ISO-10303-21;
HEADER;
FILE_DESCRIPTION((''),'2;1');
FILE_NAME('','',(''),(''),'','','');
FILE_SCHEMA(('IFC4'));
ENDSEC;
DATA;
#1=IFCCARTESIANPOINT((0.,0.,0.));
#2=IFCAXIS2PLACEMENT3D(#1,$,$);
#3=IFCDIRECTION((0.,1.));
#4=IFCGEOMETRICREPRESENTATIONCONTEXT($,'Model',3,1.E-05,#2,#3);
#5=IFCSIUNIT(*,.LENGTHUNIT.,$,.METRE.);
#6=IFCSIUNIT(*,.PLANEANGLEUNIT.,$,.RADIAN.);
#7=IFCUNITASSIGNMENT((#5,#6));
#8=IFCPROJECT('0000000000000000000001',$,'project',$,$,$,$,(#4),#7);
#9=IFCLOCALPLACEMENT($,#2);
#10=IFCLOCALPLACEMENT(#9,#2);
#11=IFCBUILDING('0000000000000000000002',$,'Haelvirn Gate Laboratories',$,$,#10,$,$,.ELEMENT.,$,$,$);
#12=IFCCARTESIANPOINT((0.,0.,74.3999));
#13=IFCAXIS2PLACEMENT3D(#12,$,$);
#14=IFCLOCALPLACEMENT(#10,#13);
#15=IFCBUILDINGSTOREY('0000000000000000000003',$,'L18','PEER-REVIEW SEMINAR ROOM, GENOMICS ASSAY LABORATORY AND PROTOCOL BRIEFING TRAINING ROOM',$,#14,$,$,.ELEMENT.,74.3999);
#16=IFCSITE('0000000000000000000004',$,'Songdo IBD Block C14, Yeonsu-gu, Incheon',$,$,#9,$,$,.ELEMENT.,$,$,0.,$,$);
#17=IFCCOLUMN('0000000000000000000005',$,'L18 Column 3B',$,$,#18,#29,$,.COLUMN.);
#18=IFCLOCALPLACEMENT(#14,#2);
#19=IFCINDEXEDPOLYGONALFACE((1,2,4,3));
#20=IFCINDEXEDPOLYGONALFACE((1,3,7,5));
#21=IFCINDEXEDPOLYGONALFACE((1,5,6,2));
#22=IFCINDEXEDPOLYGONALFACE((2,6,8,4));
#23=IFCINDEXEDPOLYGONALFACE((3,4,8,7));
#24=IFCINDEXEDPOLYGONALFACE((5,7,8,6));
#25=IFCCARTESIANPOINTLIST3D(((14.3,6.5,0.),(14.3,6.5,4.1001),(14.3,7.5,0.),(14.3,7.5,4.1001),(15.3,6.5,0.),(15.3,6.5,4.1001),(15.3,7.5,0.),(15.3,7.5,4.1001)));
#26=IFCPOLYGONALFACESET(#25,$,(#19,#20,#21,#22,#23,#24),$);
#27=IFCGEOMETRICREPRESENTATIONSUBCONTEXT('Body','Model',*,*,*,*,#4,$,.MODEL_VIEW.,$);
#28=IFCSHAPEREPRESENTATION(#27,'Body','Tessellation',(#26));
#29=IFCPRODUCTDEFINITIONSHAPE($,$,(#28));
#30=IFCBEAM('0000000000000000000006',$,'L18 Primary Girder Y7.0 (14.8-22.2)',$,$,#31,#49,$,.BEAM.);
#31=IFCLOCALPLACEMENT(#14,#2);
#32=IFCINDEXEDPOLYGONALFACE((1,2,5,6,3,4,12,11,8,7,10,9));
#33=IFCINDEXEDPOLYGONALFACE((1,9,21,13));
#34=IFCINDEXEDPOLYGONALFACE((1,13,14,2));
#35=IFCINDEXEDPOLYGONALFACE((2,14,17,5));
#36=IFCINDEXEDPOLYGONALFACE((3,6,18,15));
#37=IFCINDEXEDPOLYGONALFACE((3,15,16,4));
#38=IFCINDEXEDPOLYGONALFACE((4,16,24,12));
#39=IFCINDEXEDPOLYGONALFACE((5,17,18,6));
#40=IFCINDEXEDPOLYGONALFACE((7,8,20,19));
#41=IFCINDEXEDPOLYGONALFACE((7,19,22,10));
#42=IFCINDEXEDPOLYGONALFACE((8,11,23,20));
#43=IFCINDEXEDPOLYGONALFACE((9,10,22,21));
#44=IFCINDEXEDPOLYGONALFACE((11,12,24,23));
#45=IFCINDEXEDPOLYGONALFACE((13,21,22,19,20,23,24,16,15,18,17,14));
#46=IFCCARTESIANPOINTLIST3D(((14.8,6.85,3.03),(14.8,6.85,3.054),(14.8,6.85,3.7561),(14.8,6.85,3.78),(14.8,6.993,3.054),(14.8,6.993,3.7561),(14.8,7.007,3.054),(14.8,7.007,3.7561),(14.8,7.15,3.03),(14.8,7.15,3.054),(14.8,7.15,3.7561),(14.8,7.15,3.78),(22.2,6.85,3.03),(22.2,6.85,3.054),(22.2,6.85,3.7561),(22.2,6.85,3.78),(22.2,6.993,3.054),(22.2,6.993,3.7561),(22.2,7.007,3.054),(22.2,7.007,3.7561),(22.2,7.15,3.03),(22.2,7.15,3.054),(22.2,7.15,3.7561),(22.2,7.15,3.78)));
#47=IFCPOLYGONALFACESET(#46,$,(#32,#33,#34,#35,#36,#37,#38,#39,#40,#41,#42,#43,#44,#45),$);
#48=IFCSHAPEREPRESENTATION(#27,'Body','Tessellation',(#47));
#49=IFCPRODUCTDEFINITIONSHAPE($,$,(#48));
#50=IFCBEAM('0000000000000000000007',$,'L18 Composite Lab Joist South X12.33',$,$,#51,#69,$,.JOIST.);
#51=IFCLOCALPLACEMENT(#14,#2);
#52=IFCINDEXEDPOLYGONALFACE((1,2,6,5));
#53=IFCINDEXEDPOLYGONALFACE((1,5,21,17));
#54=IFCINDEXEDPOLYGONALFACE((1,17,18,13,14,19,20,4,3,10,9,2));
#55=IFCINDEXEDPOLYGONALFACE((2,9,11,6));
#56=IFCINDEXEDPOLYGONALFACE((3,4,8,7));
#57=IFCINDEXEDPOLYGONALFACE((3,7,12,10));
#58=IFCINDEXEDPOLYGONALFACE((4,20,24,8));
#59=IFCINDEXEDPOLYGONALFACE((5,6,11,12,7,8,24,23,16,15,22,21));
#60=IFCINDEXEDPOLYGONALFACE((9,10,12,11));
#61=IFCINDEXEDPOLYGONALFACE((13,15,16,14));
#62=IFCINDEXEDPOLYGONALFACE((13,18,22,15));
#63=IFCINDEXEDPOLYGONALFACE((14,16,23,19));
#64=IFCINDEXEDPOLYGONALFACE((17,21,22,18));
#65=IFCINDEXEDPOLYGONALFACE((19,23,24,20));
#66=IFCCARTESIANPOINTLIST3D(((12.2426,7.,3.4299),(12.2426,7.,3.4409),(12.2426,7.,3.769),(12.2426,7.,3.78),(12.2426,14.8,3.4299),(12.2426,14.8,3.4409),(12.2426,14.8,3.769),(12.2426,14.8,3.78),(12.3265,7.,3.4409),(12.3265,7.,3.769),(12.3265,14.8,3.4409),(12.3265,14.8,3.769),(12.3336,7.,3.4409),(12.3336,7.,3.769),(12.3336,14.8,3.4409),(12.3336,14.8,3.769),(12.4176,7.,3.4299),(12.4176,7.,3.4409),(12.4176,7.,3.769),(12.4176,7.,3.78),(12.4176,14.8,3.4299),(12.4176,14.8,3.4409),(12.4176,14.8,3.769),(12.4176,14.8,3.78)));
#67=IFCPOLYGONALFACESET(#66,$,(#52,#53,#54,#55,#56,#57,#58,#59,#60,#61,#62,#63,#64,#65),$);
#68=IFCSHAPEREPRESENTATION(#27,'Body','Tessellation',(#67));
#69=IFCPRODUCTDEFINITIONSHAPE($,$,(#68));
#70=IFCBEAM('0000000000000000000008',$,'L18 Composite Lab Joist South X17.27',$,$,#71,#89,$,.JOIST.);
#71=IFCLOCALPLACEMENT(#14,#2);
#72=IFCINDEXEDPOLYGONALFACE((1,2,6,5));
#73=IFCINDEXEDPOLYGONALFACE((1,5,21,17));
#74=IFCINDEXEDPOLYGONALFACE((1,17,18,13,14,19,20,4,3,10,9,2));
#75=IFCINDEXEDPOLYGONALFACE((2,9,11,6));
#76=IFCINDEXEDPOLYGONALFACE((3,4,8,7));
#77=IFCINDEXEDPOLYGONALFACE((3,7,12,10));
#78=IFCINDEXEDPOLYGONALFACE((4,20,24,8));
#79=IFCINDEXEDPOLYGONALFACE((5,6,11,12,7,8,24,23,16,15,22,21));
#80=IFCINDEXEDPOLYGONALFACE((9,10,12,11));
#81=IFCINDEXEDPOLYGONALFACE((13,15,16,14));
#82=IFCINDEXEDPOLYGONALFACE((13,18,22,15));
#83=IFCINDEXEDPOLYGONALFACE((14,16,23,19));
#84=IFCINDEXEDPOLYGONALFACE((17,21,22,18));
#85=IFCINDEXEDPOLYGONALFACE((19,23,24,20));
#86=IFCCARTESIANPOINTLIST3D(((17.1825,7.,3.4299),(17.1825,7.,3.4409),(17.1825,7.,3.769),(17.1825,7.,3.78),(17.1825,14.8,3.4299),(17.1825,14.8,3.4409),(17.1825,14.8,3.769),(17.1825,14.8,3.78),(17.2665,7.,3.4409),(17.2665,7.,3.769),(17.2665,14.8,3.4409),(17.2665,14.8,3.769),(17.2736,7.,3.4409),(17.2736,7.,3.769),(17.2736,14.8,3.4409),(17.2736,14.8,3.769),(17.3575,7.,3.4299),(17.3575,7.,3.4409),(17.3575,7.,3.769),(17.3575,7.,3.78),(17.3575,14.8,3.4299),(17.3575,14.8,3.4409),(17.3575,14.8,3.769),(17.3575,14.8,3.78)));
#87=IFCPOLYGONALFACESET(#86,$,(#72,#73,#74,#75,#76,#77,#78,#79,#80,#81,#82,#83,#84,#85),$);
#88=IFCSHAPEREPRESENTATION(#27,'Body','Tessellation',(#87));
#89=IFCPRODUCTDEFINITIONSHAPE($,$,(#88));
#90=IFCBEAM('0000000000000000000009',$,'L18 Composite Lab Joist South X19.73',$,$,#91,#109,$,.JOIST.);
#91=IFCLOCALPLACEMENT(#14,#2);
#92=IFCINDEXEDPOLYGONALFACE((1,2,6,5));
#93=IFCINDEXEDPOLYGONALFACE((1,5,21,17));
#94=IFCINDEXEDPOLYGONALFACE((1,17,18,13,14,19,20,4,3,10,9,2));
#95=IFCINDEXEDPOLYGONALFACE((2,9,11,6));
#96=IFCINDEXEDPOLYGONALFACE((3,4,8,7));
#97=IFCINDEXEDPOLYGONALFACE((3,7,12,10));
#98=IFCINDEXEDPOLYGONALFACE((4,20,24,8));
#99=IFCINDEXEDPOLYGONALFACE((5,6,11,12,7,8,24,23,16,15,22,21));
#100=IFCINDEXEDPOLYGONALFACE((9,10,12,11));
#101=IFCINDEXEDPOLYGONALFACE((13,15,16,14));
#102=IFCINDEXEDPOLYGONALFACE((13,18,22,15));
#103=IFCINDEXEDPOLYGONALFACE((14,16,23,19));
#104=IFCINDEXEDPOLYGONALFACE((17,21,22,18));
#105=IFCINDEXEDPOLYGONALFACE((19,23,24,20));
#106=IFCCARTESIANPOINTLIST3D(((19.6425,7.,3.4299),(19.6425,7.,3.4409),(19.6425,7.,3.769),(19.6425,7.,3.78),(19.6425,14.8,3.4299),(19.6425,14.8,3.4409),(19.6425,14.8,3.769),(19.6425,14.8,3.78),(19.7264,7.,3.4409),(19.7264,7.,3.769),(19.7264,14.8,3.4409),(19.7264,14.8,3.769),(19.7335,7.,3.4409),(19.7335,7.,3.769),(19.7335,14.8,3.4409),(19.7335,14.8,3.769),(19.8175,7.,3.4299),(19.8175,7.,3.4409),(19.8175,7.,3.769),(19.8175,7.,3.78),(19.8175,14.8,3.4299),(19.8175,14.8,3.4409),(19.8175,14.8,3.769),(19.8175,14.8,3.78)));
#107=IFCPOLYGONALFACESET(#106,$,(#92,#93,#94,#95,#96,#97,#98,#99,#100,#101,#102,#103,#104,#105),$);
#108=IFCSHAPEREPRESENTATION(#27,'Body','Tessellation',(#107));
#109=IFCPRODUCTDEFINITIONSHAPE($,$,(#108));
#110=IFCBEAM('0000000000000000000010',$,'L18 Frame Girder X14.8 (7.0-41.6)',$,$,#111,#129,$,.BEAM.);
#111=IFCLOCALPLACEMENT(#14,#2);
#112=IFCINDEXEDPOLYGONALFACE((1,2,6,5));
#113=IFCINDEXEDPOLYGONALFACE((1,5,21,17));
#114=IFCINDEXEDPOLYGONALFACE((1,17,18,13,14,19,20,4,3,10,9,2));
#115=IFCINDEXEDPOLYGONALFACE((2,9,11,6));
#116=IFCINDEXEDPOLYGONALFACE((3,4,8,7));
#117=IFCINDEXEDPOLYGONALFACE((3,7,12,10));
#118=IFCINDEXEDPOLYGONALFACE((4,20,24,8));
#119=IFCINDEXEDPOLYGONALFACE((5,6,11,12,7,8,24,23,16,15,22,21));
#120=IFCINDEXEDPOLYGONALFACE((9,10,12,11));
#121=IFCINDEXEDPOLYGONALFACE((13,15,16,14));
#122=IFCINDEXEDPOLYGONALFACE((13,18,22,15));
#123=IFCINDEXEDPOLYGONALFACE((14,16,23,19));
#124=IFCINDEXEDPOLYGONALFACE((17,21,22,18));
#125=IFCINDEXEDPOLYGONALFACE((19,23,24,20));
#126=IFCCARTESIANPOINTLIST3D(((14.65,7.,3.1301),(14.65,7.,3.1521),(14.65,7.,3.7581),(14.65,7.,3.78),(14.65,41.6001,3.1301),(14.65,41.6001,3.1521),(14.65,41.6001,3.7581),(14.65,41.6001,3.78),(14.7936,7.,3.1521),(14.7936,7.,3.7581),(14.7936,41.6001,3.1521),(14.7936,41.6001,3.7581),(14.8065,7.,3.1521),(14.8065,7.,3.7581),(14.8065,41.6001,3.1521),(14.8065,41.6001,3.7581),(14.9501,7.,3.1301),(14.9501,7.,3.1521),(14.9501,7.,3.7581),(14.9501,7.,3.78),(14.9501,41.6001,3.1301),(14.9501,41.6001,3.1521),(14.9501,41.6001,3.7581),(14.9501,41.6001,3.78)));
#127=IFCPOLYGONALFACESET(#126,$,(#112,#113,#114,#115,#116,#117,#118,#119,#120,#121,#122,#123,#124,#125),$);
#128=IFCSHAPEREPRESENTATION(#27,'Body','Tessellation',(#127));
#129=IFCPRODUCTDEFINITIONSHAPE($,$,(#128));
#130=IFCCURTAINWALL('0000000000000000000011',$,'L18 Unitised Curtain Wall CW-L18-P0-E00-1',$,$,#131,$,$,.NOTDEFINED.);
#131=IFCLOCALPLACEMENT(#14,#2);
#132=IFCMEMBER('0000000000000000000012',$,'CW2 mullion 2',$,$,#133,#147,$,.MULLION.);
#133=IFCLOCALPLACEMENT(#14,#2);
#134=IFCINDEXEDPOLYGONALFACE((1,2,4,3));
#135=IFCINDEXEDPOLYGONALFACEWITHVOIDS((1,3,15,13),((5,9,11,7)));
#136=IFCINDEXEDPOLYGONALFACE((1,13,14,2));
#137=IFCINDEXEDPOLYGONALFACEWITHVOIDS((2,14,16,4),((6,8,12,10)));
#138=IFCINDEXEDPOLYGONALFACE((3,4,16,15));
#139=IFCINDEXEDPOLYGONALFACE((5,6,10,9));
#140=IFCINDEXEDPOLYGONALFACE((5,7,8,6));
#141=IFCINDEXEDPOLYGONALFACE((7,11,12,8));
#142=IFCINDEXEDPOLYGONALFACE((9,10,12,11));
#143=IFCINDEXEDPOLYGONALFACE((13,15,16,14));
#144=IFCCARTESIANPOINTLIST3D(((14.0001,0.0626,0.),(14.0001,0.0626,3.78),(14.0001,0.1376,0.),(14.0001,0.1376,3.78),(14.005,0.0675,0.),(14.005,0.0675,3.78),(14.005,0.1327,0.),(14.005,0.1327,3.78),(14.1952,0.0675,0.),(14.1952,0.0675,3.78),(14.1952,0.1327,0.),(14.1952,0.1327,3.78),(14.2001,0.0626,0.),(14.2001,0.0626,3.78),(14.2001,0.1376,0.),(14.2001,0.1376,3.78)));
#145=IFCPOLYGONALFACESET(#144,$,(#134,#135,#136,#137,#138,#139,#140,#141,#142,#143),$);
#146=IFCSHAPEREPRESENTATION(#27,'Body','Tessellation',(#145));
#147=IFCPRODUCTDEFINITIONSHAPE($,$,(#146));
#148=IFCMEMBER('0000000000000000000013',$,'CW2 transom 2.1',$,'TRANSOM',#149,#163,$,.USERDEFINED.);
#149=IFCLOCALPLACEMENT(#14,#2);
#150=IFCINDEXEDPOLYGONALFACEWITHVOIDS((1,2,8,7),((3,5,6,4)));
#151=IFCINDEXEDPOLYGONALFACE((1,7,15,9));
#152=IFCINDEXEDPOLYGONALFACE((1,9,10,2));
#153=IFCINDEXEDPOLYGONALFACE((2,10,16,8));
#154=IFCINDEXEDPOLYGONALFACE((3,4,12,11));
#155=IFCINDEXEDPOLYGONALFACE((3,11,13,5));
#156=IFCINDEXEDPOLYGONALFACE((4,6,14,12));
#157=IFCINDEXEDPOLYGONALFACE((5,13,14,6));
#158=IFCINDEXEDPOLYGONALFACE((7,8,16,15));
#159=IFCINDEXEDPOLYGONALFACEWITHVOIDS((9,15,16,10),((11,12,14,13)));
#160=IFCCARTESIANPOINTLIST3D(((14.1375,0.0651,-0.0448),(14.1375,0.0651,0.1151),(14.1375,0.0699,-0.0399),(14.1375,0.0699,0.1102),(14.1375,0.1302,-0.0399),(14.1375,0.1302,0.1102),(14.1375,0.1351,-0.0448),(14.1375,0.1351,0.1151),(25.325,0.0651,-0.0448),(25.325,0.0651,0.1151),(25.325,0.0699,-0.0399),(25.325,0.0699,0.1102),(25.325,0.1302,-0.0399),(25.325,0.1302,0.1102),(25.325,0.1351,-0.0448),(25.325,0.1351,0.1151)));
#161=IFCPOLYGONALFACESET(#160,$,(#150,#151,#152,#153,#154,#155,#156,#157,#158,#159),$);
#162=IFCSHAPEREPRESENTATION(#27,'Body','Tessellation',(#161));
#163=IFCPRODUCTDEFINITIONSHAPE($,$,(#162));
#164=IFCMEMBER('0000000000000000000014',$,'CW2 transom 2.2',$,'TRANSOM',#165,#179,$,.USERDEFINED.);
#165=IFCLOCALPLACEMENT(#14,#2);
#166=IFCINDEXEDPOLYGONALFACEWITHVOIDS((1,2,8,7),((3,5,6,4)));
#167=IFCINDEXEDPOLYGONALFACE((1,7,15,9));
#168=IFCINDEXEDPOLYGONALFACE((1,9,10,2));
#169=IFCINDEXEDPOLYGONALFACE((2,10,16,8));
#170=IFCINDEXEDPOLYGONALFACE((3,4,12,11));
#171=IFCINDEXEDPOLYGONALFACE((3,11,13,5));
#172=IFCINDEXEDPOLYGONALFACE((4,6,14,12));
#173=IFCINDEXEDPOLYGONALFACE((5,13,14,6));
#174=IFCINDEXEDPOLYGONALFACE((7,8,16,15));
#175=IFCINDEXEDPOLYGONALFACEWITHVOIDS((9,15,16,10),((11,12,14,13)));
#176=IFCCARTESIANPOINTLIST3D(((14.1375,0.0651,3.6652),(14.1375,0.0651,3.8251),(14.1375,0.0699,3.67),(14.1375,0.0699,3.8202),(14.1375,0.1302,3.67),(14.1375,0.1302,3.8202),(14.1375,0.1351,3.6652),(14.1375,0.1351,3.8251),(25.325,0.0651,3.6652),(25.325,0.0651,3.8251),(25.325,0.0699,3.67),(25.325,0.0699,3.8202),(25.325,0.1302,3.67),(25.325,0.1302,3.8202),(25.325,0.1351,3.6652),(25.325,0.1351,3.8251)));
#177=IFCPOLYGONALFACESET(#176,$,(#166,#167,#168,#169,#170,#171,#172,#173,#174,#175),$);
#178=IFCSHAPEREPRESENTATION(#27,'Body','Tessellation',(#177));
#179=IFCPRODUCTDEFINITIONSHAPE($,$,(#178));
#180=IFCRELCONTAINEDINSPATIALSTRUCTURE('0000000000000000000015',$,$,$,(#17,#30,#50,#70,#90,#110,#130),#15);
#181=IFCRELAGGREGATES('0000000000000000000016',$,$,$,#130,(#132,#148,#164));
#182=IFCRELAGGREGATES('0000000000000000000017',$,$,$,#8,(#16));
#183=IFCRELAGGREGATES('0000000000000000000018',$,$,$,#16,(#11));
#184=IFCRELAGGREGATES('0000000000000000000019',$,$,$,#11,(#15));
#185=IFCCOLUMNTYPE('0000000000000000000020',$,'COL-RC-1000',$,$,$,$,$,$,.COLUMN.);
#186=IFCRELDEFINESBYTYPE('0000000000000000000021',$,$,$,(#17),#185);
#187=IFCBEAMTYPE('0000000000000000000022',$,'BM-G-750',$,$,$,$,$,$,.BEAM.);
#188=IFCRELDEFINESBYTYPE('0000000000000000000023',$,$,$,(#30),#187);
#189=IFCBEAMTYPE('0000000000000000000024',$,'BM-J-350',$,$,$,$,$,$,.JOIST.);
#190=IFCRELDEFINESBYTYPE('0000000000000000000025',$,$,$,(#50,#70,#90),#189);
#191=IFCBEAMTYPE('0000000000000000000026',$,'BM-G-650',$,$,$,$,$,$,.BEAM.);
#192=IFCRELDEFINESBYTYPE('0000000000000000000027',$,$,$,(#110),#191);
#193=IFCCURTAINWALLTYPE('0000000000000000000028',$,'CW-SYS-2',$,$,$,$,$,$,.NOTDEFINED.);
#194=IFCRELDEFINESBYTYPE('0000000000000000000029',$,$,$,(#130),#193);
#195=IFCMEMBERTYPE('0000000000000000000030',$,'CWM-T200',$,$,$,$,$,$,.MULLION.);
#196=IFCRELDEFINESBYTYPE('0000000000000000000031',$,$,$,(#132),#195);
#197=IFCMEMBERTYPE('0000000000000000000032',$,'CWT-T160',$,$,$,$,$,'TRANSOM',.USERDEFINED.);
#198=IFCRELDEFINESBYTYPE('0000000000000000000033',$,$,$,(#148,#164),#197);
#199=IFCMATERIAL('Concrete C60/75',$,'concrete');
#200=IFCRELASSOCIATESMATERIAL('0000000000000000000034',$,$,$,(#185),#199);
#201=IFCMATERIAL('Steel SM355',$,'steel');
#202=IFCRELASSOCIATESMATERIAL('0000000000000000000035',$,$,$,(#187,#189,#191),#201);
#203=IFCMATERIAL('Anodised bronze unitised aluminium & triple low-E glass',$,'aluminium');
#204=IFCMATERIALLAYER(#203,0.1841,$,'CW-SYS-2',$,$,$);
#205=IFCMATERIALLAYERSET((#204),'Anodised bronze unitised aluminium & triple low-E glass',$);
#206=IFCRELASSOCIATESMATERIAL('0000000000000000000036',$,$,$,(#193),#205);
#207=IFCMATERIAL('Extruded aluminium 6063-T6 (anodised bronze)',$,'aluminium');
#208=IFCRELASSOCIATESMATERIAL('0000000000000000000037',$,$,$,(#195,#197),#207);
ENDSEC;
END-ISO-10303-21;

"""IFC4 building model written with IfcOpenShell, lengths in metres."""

from ifc_helpers import new_model, si_unit, direction, frame, origin, origin_2d, place, context, subcontext, project, spatial, rectangle, hollow_rectangle, i_section, extrude, source, transform, mapped, material, layer, layer_set, material_profile, profile_set, type_object, type_shapes, element, aggregate, save


model = new_model("IFC4")

# Units and contexts
model_context = context("Model", 3, precision=1e-05, world=origin(), true_north=direction((0.0, 1.0)))
body_context = subcontext(model_context, "Body", "Model", "MODEL_VIEW")
ifc_project = project(units=[si_unit("LENGTHUNIT", "METRE"), si_unit("PLANEANGLEUNIT", "RADIAN")], contexts=[model_context])

# Site, building, storey
site_placement = place(None, origin())
site = spatial("IfcSite", under=ifc_project, at=site_placement, Name="Songdo IBD Block C14, Yeonsu-gu, Incheon", CompositionType="ELEMENT", RefElevation=0.0)
building_placement = place(site_placement, origin())
building = spatial("IfcBuilding", under=site, at=building_placement, Name="Haelvirn Gate Laboratories", CompositionType="ELEMENT")
storey_placement = place(building_placement, frame((0.0, 0.0, 74.3999)))
storey = spatial("IfcBuildingStorey", under=building, at=storey_placement, Name="L18", Description="PEER-REVIEW SEMINAR ROOM, GENOMICS ASSAY LABORATORY AND PROTOCOL BRIEFING TRAINING ROOM", CompositionType="ELEMENT", Elevation=74.3999)

# Column
ifc_material_1 = material(Name="Concrete C60/75", Category="concrete")
ifc_material_profile_1 = material_profile(ifc_material_1, rectangle(XDim=1.0, YDim=1.0, at=origin_2d()), Name="RC-1000x1000")
ifc_profile_set_1 = profile_set([ifc_material_profile_1], Name="Concrete C60/75")
column_type = type_object("IfcColumnType", Name="COL-RC-1000", PredefinedType="COLUMN", material=ifc_profile_set_1)
shared_shape_1 = source(origin(), body_context, "Body", "SweptSolid", [
    extrude(rectangle(XDim=1.0, YDim=1.0, at=origin_2d()), origin(), (0.0, 0.0, 1.0), 4.1001),
])
type_shapes(column_type, [shared_shape_1])
column_placement = place(storey_placement, frame((14.8, 7.0, 0.0), z_axis=(0.0, 0.0, 1.0), x_axis=(1.0, 0.0, 0.0)))
element("IfcColumn", 1, at=column_placement, inside=storey, type_object=column_type, Name="L18 Column 3B", PredefinedType="COLUMN", context=body_context, shape_type="MappedRepresentation", body=[
    mapped(shared_shape_1, transform((0.0, 0.0, 0.0), scale=1.0)),
])

# Beams
ifc_material_2 = material(Name="Steel SM355", Category="steel")
ifc_material_profile_2 = material_profile(ifc_material_2, i_section(OverallWidth=0.3, OverallDepth=0.75, WebThickness=0.0139, FlangeThickness=0.0239, at=origin_2d()), Name="H-750x300x14x24")
ifc_profile_set_2 = profile_set([ifc_material_profile_2], Name="Steel SM355")
beam_type_1 = type_object("IfcBeamType", Name="BM-G-750", PredefinedType="BEAM", material=ifc_profile_set_2)
shared_shape_2 = source(origin(), body_context, "Body", "SweptSolid", [
    extrude(i_section(OverallWidth=0.3, OverallDepth=0.75, WebThickness=0.0139, FlangeThickness=0.0239, at=origin_2d()), origin(), (0.0, 0.0, 1.0), 7.3999),
])
type_shapes(beam_type_1, [shared_shape_2])
beam_1_placement = place(storey_placement, frame((14.8, 7.0, 3.405), z_axis=(1.0, 0.0, 0.0), x_axis=(0.0, 1.0, 0.0)))
element("IfcBeam", 2, at=beam_1_placement, inside=storey, type_object=beam_type_1, Name="L18 Primary Girder Y7.0 (14.8-22.2)", PredefinedType="BEAM", context=body_context, shape_type="MappedRepresentation", body=[
    mapped(shared_shape_2, transform((0.0, 0.0, 0.0), scale=1.0)),
])
ifc_material_profile_3 = material_profile(ifc_material_2, i_section(OverallWidth=0.175, OverallDepth=0.3501, WebThickness=0.0071, FlangeThickness=0.011, at=origin_2d()), Name="H-350x175x7x11")
ifc_profile_set_3 = profile_set([ifc_material_profile_3], Name="Steel SM355")
beam_type_2 = type_object("IfcBeamType", Name="BM-J-350", PredefinedType="JOIST", material=ifc_profile_set_3)
shared_shape_3 = source(origin(), body_context, "Body", "SweptSolid", [
    extrude(i_section(OverallWidth=0.175, OverallDepth=0.3501, WebThickness=0.0071, FlangeThickness=0.011, at=origin_2d()), origin(), (0.0, 0.0, 1.0), 7.8),
])
type_shapes(beam_type_2, [shared_shape_3])
for number, where, z_axis, x_axis, name in (
    (3, (12.3301, 7.0, 3.605), (0.0, 1.0, 0.0), (-1.0, 0.0, 0.0), "L18 Composite Lab Joist South X12.33"),
    (4, (17.27, 7.0, 3.605), (0.0, 1.0, 0.0), (-1.0, 0.0, 0.0), "L18 Composite Lab Joist South X17.27"),
    (5, (19.73, 7.0, 3.605), (0.0, 1.0, 0.0), (-1.0, 0.0, 0.0), "L18 Composite Lab Joist South X19.73"),
):
    element("IfcBeam", number, at=place(storey_placement, frame(where, z_axis=z_axis, x_axis=x_axis)), inside=storey, type_object=beam_type_2, Name=name, PredefinedType="JOIST", context=body_context, shape_type="MappedRepresentation", body=[
        mapped(shared_shape_3, transform((0.0, 0.0, 0.0), scale=1.0)),
    ])
ifc_material_profile_4 = material_profile(ifc_material_2, i_section(OverallWidth=0.3, OverallDepth=0.6499, WebThickness=0.0129, FlangeThickness=0.022, at=origin_2d()), Name="H-650x300x13x22")
ifc_profile_set_4 = profile_set([ifc_material_profile_4], Name="Steel SM355")
beam_type_3 = type_object("IfcBeamType", Name="BM-G-650", PredefinedType="BEAM", material=ifc_profile_set_4)
shared_shape_4 = source(origin(), body_context, "Body", "SweptSolid", [
    extrude(i_section(OverallWidth=0.3, OverallDepth=0.6499, WebThickness=0.0129, FlangeThickness=0.022, at=origin_2d()), origin(), (0.0, 0.0, 1.0), 34.6001),
])
type_shapes(beam_type_3, [shared_shape_4])
beam_2_placement = place(storey_placement, frame((14.8, 7.0, 3.4551), z_axis=(0.0, 1.0, 0.0), x_axis=(-1.0, 0.0, 0.0)))
element("IfcBeam", 6, at=beam_2_placement, inside=storey, type_object=beam_type_3, Name="L18 Frame Girder X14.8 (7.0-41.6)", PredefinedType="BEAM", context=body_context, shape_type="MappedRepresentation", body=[
    mapped(shared_shape_4, transform((0.0, 0.0, 0.0), scale=1.0)),
])

# Curtain wall, members
ifc_material_3 = material(Name="Anodised bronze unitised aluminium & triple low-E glass", Category="aluminium")
ifc_layer_1 = layer(ifc_material_3, 0.1841, Name="CW-SYS-2")
ifc_layer_set_1 = layer_set([ifc_layer_1], Name="Anodised bronze unitised aluminium & triple low-E glass")
curtain_wall_type = type_object("IfcCurtainWallType", Name="CW-SYS-2", PredefinedType="NOTDEFINED", material=ifc_layer_set_1)
curtain_wall_placement = place(storey_placement, origin())
curtain_wall = element("IfcCurtainWall", 7, at=curtain_wall_placement, inside=storey, type_object=curtain_wall_type, Name="L18 Unitised Curtain Wall CW-L18-P0-E00-1", PredefinedType="NOTDEFINED")
ifc_material_4 = material(Name="Extruded aluminium 6063-T6 (anodised bronze)", Category="aluminium")
ifc_material_profile_5 = material_profile(ifc_material_4, hollow_rectangle(XDim=0.075, YDim=0.2, WallThickness=0.0049, at=origin_2d()), Name="CWM-200x75x5")
ifc_profile_set_5 = profile_set([ifc_material_profile_5], Name="Extruded aluminium 6063-T6 (anodised bronze)")
member_type_1 = type_object("IfcMemberType", Name="CWM-T200", PredefinedType="MULLION", material=ifc_profile_set_5)
shared_shape_5 = source(origin(), body_context, "Body", "SweptSolid", [
    extrude(hollow_rectangle(XDim=0.075, YDim=0.2, WallThickness=0.0049, at=origin_2d()), origin(), (0.0, 0.0, 1.0), 3.78),
])
type_shapes(member_type_1, [shared_shape_5])
member_1_placement = place(storey_placement, frame((14.1001, 0.1001, 0.0), z_axis=(0.0, 0.0, 1.0), x_axis=(0.0, 1.0, 0.0)))
member_1 = element("IfcMember", 8, at=member_1_placement, type_object=member_type_1, Name="CW2 mullion 2", PredefinedType="MULLION", context=body_context, shape_type="MappedRepresentation", body=[
    mapped(shared_shape_5, transform((0.0, 0.0, 0.0), scale=1.0)),
])
ifc_material_profile_6 = material_profile(ifc_material_4, hollow_rectangle(XDim=0.0701, YDim=0.1599, WallThickness=0.0049, at=origin_2d()), Name="CWT-160x70x5")
ifc_profile_set_6 = profile_set([ifc_material_profile_6], Name="Extruded aluminium 6063-T6 (anodised bronze)")
member_type_2 = type_object("IfcMemberType", Name="CWT-T160", ElementType="TRANSOM", PredefinedType="USERDEFINED", material=ifc_profile_set_6)
shared_shape_6 = source(origin(), body_context, "Body", "SweptSolid", [
    extrude(hollow_rectangle(XDim=0.0701, YDim=0.1599, WallThickness=0.0049, at=origin_2d()), origin(), (0.0, 0.0, 1.0), 11.1875),
])
type_shapes(member_type_2, [shared_shape_6])
member_2_placement = place(storey_placement, frame((14.1375, 0.1001, 0.0352), z_axis=(1.0, 0.0, 0.0), x_axis=(0.0, 1.0, 0.0)))
member_2 = element("IfcMember", 9, at=member_2_placement, type_object=member_type_2, Name="CW2 transom 2.1", ObjectType="TRANSOM", PredefinedType="USERDEFINED", context=body_context, shape_type="MappedRepresentation", body=[
    mapped(shared_shape_6, transform((0.0, 0.0, 0.0), scale=1.0)),
])
member_3_placement = place(storey_placement, frame((14.1375, 0.1001, 3.7451), z_axis=(1.0, 0.0, 0.0), x_axis=(0.0, 1.0, 0.0)))
member_3 = element("IfcMember", 10, at=member_3_placement, type_object=member_type_2, Name="CW2 transom 2.2", ObjectType="TRANSOM", PredefinedType="USERDEFINED", context=body_context, shape_type="MappedRepresentation", body=[
    mapped(shared_shape_6, transform((0.0, 0.0, 0.0), scale=1.0)),
])
aggregate(curtain_wall, [member_1, member_2, member_3])

save(model, "model.ifc")
